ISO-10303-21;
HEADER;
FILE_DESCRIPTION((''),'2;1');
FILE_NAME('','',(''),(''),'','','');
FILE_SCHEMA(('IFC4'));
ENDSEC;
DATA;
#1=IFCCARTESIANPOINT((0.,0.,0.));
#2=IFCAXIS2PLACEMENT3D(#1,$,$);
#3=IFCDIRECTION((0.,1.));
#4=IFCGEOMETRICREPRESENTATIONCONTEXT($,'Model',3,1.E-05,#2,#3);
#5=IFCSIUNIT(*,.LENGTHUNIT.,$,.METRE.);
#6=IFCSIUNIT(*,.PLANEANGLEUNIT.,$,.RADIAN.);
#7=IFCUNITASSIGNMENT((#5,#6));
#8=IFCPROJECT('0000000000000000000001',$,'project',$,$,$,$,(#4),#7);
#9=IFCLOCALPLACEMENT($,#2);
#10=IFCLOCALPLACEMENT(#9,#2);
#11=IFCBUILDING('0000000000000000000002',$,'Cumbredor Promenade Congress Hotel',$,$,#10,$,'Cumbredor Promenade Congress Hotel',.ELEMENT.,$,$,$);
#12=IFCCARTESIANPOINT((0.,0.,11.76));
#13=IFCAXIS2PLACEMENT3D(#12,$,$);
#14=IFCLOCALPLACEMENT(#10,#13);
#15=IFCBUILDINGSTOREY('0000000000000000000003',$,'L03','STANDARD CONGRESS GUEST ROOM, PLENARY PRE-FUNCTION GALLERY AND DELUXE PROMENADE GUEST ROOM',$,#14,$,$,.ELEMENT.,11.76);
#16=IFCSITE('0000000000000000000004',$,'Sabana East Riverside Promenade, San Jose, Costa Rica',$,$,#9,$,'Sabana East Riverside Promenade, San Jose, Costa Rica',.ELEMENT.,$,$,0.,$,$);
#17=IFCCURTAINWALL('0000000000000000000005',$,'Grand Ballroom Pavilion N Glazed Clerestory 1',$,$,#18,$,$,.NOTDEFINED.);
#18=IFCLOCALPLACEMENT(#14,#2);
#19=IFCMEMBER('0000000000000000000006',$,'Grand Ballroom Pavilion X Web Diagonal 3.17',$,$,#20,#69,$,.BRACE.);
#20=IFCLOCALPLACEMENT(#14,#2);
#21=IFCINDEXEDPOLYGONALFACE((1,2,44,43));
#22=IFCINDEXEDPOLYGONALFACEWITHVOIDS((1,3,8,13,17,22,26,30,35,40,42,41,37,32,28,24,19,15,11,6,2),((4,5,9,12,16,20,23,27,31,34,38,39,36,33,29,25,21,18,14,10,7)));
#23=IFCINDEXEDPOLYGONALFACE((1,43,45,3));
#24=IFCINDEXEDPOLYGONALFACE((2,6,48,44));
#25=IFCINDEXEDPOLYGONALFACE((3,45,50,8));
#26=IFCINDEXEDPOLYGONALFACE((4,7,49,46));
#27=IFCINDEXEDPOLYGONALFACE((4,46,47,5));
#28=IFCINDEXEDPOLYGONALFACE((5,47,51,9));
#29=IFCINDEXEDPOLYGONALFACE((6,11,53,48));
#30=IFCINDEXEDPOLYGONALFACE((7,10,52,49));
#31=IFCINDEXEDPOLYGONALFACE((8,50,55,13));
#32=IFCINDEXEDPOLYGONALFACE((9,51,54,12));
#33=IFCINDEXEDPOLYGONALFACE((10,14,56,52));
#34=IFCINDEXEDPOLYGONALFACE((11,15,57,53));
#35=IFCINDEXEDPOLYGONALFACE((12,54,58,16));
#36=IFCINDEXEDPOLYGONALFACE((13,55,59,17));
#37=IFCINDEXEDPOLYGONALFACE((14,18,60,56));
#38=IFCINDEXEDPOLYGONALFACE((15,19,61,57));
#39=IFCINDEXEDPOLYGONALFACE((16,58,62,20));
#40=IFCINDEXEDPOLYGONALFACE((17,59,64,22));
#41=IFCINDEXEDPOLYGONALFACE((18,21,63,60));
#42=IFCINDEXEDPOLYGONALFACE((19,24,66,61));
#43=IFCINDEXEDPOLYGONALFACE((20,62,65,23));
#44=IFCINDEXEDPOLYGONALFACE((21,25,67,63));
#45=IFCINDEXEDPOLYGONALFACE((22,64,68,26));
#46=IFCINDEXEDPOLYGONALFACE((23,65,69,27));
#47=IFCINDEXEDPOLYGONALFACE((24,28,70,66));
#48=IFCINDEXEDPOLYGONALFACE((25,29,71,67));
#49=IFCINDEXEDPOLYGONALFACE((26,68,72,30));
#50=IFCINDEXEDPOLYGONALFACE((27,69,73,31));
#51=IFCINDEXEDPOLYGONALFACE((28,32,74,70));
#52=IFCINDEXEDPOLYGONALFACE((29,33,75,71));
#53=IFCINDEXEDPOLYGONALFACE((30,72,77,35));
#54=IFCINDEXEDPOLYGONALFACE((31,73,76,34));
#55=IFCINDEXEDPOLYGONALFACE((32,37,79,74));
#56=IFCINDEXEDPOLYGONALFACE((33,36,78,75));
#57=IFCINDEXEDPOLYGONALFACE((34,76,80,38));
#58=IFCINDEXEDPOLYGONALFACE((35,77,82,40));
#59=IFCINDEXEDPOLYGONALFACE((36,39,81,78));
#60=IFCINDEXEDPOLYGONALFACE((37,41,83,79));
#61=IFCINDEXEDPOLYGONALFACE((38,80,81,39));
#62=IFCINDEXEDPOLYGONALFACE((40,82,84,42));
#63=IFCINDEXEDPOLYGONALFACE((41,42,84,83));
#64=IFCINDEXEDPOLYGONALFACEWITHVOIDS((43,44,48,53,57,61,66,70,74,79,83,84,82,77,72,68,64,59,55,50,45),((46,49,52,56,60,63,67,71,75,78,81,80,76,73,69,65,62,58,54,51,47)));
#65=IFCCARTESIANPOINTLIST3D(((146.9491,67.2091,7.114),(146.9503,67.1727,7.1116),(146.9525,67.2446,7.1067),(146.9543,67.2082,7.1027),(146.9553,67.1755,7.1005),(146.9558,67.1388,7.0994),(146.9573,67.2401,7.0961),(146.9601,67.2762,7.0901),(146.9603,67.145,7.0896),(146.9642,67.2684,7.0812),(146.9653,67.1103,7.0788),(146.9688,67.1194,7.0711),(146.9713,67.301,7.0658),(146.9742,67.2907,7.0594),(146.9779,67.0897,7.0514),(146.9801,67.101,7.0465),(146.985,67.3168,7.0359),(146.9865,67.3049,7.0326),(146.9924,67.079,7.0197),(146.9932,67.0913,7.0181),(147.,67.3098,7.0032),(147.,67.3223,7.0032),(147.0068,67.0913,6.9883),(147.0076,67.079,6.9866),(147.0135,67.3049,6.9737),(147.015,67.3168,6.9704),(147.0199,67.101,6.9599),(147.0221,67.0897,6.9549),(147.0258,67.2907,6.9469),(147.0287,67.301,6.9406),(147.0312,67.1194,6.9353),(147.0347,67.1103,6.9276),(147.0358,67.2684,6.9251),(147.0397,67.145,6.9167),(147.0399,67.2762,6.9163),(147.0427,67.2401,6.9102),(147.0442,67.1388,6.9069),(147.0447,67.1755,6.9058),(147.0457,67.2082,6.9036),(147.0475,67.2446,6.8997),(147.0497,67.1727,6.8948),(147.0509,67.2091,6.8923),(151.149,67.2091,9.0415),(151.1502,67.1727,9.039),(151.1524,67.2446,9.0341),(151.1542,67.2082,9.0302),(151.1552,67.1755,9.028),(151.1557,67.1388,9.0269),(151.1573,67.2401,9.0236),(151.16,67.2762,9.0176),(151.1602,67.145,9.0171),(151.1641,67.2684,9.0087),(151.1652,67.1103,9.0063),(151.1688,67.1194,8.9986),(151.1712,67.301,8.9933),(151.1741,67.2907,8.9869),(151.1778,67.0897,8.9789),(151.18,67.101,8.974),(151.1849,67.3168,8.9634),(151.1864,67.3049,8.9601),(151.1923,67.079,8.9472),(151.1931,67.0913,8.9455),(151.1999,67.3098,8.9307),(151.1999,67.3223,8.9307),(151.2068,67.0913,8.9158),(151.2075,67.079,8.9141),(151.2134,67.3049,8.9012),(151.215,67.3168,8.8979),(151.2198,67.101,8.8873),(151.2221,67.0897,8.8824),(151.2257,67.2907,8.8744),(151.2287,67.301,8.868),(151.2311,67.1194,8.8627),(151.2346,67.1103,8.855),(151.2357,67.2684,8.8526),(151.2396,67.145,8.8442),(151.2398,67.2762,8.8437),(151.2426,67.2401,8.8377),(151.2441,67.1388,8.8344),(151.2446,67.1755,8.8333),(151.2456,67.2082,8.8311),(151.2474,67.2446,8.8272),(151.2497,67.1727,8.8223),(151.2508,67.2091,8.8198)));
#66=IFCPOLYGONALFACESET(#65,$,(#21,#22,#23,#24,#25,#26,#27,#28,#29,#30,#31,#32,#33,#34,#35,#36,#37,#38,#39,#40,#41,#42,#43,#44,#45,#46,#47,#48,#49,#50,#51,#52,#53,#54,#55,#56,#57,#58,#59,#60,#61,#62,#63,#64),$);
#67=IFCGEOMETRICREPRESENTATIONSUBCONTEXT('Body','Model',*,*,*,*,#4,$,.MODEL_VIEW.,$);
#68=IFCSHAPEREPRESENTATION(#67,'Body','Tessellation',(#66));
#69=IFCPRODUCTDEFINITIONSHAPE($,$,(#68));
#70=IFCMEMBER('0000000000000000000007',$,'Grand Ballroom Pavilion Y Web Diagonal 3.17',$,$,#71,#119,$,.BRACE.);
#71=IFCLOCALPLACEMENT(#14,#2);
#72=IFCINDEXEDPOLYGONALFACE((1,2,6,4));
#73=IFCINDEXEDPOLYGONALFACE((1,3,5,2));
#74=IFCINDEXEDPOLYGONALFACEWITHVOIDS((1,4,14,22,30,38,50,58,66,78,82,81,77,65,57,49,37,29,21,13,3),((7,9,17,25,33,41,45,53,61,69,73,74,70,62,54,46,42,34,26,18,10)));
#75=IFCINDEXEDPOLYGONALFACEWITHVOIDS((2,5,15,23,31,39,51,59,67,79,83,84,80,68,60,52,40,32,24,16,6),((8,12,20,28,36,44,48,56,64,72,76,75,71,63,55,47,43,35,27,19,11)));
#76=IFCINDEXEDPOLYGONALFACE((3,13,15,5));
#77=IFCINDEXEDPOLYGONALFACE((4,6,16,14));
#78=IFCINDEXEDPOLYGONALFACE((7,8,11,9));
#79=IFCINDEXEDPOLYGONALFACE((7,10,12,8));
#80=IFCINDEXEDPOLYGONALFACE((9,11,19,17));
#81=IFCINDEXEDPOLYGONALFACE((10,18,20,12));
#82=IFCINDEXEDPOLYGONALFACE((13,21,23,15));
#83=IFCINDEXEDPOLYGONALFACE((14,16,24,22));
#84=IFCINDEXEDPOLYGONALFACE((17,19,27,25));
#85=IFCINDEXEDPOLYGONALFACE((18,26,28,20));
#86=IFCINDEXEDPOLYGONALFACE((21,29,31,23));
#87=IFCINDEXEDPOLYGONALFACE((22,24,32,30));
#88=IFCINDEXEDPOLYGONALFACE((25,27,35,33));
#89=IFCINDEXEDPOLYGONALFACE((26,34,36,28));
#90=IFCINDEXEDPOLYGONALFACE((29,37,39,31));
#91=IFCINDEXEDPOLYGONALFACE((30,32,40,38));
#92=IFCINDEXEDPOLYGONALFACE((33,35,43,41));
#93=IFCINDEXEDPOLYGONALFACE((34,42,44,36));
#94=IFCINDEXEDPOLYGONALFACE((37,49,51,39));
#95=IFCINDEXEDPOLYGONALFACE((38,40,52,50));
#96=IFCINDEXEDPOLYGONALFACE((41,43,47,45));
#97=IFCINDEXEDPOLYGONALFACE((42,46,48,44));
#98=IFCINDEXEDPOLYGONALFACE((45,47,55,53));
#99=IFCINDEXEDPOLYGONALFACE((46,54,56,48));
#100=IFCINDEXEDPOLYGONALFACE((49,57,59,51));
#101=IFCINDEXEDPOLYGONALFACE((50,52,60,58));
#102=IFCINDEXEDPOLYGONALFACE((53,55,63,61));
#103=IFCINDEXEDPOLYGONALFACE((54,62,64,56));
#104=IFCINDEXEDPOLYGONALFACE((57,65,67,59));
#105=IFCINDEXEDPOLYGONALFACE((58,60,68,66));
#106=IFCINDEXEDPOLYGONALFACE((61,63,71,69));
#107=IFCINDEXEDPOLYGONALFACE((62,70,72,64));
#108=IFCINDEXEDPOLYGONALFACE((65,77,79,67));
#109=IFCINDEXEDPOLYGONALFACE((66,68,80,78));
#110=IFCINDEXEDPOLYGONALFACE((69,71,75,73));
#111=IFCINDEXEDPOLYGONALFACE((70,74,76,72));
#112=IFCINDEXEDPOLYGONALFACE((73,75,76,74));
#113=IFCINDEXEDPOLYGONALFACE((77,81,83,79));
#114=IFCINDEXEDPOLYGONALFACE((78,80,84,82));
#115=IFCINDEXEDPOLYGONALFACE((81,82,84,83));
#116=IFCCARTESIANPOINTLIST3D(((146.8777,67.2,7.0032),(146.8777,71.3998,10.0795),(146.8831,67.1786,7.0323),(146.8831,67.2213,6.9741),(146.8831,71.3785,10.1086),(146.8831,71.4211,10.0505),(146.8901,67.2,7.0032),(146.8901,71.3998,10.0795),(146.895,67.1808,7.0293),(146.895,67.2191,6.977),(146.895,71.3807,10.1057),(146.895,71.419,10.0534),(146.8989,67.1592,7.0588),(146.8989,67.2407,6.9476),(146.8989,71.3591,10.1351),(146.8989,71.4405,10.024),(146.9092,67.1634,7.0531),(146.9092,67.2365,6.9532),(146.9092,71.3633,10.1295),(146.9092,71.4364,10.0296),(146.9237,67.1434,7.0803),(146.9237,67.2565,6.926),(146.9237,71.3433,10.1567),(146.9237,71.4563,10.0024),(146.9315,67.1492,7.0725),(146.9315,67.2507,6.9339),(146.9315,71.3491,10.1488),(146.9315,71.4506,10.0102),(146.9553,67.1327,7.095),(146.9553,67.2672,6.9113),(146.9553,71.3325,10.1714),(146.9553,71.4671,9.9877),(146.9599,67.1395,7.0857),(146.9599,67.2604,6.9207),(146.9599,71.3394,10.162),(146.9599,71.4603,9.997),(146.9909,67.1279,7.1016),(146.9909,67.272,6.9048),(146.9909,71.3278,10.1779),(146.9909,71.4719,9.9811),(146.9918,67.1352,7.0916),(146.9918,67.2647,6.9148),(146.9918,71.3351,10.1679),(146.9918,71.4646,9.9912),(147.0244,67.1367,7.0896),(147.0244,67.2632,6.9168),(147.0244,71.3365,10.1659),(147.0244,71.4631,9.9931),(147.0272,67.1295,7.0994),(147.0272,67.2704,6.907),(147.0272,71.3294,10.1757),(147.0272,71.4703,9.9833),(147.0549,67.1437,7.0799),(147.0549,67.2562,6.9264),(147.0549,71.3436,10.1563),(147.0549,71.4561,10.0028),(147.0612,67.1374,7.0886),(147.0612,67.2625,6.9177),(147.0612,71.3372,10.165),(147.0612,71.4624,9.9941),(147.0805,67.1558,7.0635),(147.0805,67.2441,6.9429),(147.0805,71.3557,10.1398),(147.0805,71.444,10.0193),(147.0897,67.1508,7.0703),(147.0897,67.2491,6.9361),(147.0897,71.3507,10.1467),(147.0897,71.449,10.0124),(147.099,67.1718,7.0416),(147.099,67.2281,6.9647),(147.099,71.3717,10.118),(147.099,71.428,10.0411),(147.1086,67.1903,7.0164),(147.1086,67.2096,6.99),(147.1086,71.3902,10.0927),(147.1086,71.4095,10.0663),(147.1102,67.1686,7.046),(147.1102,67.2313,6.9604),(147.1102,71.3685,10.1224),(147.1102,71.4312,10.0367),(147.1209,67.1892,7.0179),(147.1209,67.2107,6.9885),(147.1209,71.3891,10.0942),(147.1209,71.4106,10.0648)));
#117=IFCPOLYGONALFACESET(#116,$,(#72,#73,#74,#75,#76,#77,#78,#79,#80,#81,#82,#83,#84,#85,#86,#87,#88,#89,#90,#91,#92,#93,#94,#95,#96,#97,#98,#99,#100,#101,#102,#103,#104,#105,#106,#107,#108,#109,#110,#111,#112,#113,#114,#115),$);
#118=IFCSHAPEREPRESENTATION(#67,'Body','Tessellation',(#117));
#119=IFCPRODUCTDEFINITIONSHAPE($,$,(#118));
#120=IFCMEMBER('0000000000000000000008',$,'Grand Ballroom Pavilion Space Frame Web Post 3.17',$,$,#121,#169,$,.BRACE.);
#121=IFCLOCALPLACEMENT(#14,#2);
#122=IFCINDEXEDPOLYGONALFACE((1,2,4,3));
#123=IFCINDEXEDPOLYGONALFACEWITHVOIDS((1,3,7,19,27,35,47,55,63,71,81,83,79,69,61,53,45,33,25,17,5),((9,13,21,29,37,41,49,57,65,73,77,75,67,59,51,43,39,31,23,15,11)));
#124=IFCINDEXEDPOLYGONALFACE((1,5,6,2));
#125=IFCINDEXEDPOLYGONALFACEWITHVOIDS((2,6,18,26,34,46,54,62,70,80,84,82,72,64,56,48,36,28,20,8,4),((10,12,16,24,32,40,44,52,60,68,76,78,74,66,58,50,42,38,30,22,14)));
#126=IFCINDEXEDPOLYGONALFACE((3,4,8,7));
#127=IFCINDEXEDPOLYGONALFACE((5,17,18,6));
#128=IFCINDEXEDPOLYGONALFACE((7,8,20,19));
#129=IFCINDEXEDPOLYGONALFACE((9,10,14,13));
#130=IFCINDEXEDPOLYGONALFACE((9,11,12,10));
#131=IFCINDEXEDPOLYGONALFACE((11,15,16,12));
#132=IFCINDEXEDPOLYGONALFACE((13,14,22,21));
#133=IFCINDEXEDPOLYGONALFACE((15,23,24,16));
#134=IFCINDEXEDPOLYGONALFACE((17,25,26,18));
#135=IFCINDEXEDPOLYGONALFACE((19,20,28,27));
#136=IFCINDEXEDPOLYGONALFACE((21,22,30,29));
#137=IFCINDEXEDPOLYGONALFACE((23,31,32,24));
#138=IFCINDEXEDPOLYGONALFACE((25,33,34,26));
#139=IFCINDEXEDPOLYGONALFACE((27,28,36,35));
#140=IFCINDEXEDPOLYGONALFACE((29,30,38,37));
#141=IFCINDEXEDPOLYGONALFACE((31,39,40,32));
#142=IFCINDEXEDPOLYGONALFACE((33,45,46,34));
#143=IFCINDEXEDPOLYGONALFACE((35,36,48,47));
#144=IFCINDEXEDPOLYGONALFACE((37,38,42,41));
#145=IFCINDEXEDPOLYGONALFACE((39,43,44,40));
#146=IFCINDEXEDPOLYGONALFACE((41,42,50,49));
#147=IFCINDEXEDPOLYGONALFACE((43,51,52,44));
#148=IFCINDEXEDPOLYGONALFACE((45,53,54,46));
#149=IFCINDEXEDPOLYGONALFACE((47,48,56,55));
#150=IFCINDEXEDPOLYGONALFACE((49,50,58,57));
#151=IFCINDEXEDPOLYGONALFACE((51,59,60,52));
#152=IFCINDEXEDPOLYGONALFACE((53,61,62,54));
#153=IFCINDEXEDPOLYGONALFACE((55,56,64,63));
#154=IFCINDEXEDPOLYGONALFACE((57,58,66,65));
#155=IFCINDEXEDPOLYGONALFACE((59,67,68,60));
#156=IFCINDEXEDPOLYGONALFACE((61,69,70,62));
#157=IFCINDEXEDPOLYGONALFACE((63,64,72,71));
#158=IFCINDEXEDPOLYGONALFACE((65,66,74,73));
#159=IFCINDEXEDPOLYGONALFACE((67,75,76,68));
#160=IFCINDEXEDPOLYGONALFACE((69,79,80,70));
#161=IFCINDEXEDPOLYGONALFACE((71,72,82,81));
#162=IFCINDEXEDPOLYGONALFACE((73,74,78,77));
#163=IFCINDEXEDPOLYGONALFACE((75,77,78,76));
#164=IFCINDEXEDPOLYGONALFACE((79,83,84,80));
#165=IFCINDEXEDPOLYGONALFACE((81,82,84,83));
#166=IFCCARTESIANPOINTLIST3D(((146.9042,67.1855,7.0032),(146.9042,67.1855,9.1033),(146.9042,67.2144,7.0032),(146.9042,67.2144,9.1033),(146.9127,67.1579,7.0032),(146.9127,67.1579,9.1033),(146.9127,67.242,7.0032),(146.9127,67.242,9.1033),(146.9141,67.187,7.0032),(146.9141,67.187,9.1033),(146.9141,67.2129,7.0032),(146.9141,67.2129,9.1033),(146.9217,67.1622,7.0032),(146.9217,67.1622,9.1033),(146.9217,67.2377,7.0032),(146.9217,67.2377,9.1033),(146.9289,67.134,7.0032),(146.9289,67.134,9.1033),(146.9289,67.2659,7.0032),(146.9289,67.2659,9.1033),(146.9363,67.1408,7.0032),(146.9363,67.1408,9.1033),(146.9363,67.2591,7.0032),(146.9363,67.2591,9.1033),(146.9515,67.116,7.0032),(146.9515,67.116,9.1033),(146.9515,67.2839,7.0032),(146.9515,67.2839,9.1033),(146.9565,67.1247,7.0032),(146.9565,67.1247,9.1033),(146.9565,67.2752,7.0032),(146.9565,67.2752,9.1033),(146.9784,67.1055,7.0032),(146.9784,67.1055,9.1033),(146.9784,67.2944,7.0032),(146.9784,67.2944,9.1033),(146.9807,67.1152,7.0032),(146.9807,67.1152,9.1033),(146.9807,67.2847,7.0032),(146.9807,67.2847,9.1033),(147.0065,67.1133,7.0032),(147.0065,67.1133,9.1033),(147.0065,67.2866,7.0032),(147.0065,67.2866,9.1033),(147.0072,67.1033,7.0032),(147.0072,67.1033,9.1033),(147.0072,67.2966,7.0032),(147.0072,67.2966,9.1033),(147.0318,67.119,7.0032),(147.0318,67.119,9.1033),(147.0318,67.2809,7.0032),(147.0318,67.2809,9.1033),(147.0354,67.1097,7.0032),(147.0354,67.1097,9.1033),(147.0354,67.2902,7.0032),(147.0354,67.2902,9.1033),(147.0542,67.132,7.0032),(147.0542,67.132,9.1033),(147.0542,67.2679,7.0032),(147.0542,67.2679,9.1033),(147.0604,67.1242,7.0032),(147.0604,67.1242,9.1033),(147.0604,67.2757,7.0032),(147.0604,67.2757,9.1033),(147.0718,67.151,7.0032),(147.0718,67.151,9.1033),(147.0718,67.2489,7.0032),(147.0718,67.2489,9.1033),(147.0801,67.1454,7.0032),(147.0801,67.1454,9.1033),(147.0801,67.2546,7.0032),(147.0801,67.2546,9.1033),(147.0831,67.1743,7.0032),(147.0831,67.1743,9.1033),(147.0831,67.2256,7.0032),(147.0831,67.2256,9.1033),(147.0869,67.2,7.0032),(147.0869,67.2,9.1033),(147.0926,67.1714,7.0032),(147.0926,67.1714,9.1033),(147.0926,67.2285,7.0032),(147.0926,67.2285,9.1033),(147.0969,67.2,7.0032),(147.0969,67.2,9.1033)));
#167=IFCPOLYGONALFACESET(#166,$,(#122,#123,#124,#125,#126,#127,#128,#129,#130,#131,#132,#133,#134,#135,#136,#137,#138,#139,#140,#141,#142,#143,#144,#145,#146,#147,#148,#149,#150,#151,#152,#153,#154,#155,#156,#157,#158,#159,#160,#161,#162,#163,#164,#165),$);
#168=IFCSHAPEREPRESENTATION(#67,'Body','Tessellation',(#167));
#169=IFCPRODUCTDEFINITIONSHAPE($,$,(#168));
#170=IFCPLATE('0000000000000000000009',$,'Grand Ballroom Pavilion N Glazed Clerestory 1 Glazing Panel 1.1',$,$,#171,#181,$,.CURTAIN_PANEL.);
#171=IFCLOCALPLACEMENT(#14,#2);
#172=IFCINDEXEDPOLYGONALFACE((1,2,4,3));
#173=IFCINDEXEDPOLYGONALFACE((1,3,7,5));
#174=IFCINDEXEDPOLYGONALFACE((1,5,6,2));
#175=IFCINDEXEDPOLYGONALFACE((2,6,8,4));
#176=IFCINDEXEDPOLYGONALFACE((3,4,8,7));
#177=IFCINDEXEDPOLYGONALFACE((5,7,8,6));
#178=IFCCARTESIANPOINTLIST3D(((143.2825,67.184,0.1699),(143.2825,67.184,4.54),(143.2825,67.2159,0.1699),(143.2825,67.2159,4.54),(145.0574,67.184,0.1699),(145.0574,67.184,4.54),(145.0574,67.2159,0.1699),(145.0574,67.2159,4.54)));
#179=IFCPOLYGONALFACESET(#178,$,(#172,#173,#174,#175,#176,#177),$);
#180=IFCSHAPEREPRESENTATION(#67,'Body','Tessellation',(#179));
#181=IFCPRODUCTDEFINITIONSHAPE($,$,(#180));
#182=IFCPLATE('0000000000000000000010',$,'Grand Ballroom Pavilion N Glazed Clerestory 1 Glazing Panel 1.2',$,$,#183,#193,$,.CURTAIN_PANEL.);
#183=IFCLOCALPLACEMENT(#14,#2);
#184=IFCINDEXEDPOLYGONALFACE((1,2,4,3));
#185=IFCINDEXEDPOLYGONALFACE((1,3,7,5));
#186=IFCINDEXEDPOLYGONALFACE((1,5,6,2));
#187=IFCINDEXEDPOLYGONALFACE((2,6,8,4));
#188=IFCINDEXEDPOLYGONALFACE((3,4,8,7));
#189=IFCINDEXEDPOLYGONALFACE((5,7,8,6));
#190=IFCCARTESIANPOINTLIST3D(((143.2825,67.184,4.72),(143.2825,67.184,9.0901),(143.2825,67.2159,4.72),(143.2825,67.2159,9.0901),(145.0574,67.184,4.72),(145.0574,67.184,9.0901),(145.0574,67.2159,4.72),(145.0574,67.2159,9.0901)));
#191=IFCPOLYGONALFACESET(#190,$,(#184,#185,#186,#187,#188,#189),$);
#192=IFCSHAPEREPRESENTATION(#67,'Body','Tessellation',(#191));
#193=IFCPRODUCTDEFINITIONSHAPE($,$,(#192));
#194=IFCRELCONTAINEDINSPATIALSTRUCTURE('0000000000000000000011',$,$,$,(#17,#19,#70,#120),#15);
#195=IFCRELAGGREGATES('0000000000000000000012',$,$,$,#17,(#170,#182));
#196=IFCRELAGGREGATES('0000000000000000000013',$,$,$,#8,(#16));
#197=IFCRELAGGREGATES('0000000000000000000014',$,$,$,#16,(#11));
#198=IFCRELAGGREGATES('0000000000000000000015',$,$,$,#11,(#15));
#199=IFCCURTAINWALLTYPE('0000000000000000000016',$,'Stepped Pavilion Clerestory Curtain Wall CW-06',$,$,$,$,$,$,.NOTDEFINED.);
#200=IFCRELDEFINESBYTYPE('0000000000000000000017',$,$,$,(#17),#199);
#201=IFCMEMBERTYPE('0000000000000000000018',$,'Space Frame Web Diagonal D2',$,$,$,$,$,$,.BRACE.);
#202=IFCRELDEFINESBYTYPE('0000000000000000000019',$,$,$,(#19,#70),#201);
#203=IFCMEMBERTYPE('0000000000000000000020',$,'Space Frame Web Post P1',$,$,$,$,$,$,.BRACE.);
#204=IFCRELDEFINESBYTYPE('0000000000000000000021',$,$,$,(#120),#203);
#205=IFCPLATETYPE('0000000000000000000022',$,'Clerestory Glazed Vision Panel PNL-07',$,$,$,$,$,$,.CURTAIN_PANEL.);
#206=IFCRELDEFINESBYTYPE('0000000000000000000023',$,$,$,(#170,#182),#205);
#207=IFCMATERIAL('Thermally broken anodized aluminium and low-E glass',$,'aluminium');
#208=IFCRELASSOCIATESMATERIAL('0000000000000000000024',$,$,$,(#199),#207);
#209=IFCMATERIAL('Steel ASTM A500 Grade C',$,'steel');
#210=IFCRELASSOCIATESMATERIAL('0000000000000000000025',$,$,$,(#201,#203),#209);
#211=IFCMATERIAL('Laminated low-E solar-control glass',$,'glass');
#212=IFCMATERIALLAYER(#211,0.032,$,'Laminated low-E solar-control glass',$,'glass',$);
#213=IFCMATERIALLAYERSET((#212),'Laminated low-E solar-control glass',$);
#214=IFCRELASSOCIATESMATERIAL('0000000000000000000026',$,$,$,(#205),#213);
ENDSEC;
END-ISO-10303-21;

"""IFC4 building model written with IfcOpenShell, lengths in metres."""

from ifc_helpers import new_model, si_unit, direction, frame, origin, origin_2d, place, context, subcontext, project, spatial, rectangle, hollow_circle, extrude, material, layer, layer_set, material_profile, profile_set, type_object, element, aggregate, save


model = new_model("IFC4")

# Units and contexts
model_context = context("Model", 3, precision=1e-05, world=origin(), true_north=direction((0.0, 1.0)))
body_context = subcontext(model_context, "Body", "Model", "MODEL_VIEW")
ifc_project = project(units=[si_unit("LENGTHUNIT", "METRE"), si_unit("PLANEANGLEUNIT", "RADIAN")], contexts=[model_context])

# Site, building, storey
site_placement = place(None, origin())
site = spatial("IfcSite", under=ifc_project, at=site_placement, Name="Sabana East Riverside Promenade, San Jose, Costa Rica", LongName="Sabana East Riverside Promenade, San Jose, Costa Rica", CompositionType="ELEMENT", RefElevation=0.0)
building_placement = place(site_placement, origin())
building = spatial("IfcBuilding", under=site, at=building_placement, Name="Cumbredor Promenade Congress Hotel", LongName="Cumbredor Promenade Congress Hotel", CompositionType="ELEMENT")
storey_placement = place(building_placement, frame((0.0, 0.0, 11.76)))
storey = spatial("IfcBuildingStorey", under=building, at=storey_placement, Name="L03", Description="STANDARD CONGRESS GUEST ROOM, PLENARY PRE-FUNCTION GALLERY AND DELUXE PROMENADE GUEST ROOM", CompositionType="ELEMENT", Elevation=11.76)

# Shared definitions
ifc_material_1 = material(Name="Steel ASTM A500 Grade C", Category="steel")

# Curtain wall
ifc_material_2 = material(Name="Thermally broken anodized aluminium and low-E glass", Category="aluminium")
curtain_wall_type = type_object("IfcCurtainWallType", Name="Stepped Pavilion Clerestory Curtain Wall CW-06", PredefinedType="NOTDEFINED", material=ifc_material_2)
curtain_wall_1_placement = place(storey_placement, origin())
curtain_wall_1 = element("IfcCurtainWall", 1, at=curtain_wall_1_placement, inside=storey, type_object=curtain_wall_type, Name="Grand Ballroom Pavilion N Glazed Clerestory 1", PredefinedType="NOTDEFINED")

# Members
ifc_material_profile_1 = material_profile(ifc_material_1, hollow_circle(Radius=0.1223, WallThickness=0.0125, at=origin_2d()), Name="CHS 244.5x12.5")
ifc_profile_set_1 = profile_set([ifc_material_profile_1], Name="Steel ASTM A500 Grade C")
member_type_1 = type_object("IfcMemberType", Name="Space Frame Web Diagonal D2", PredefinedType="BRACE", material=ifc_profile_set_1)
member_1_placement = place(storey_placement, frame((147.0, 67.2, 7.0032), z_axis=(0.908859, 0.0, 0.417104), x_axis=(0.0, 1.0, 0.0)))
element("IfcMember", 2, at=member_1_placement, inside=storey, type_object=member_type_1, Name="Grand Ballroom Pavilion X Web Diagonal 3.17", PredefinedType="BRACE", context=body_context, shape_type="SweptSolid", body=[
    extrude(hollow_circle(Radius=0.1223, WallThickness=0.0125, at=origin_2d()), origin(), (0.0, 0.0, 1.0), 4.6211),
])
member_2_placement = place(storey_placement, frame((147.0, 67.2, 7.0032), z_axis=(0.0, 0.80673, 0.59092), x_axis=(-1.0, 0.0, 0.0)))
element("IfcMember", 3, at=member_2_placement, inside=storey, type_object=member_type_1, Name="Grand Ballroom Pavilion Y Web Diagonal 3.17", PredefinedType="BRACE", context=body_context, shape_type="SweptSolid", body=[
    extrude(hollow_circle(Radius=0.1223, WallThickness=0.0125, at=origin_2d()), origin(), (0.0, 0.0, 1.0), 5.2061),
])
ifc_material_profile_2 = material_profile(ifc_material_1, hollow_circle(Radius=0.0969, WallThickness=0.01, at=origin_2d()), Name="CHS 193.7x10")
ifc_profile_set_2 = profile_set([ifc_material_profile_2], Name="Steel ASTM A500 Grade C")
member_type_2 = type_object("IfcMemberType", Name="Space Frame Web Post P1", PredefinedType="BRACE", material=ifc_profile_set_2)
member_3_placement = place(storey_placement, frame((147.0, 67.2, 7.0032), z_axis=(0.0, 0.0, 1.0), x_axis=(1.0, 0.0, 0.0)))
element("IfcMember", 4, at=member_3_placement, inside=storey, type_object=member_type_2, Name="Grand Ballroom Pavilion Space Frame Web Post 3.17", PredefinedType="BRACE", context=body_context, shape_type="SweptSolid", body=[
    extrude(hollow_circle(Radius=0.0969, WallThickness=0.01, at=origin_2d()), origin(), (0.0, 0.0, 1.0), 2.1001),
])

# Plates
ifc_material_3 = material(Name="Laminated low-E solar-control glass", Category="glass")
ifc_layer_1 = layer(ifc_material_3, 0.032, Name="Laminated low-E solar-control glass", Category="glass")
ifc_layer_set_1 = layer_set([ifc_layer_1], Name="Laminated low-E solar-control glass")
plate_type_1 = type_object("IfcPlateType", Name="Clerestory Glazed Vision Panel PNL-07", PredefinedType="CURTAIN_PANEL", material=ifc_layer_set_1)
plate_1_placement = place(storey_placement, frame((144.1699, 67.2, 0.1699), z_axis=(0.0, 0.0, 1.0), x_axis=(1.0, 0.0, 0.0)))
plate_1 = element("IfcPlate", 5, at=plate_1_placement, type_object=plate_type_1, Name="Grand Ballroom Pavilion N Glazed Clerestory 1 Glazing Panel 1.1", PredefinedType="CURTAIN_PANEL", context=body_context, shape_type="SweptSolid", body=[
    extrude(rectangle(XDim=1.7749, YDim=0.032, at=origin_2d()), origin(), (0.0, 0.0, 1.0), 4.3701),
])
plate_2_placement = place(storey_placement, frame((144.1699, 67.2, 4.72), z_axis=(0.0, 0.0, 1.0), x_axis=(1.0, 0.0, 0.0)))
plate_2 = element("IfcPlate", 6, at=plate_2_placement, type_object=plate_type_1, Name="Grand Ballroom Pavilion N Glazed Clerestory 1 Glazing Panel 1.2", PredefinedType="CURTAIN_PANEL", context=body_context, shape_type="SweptSolid", body=[
    extrude(rectangle(XDim=1.7749, YDim=0.032, at=origin_2d()), origin(), (0.0, 0.0, 1.0), 4.3701),
])
aggregate(curtain_wall_1, [plate_1, plate_2])

save(model, "model.ifc")
